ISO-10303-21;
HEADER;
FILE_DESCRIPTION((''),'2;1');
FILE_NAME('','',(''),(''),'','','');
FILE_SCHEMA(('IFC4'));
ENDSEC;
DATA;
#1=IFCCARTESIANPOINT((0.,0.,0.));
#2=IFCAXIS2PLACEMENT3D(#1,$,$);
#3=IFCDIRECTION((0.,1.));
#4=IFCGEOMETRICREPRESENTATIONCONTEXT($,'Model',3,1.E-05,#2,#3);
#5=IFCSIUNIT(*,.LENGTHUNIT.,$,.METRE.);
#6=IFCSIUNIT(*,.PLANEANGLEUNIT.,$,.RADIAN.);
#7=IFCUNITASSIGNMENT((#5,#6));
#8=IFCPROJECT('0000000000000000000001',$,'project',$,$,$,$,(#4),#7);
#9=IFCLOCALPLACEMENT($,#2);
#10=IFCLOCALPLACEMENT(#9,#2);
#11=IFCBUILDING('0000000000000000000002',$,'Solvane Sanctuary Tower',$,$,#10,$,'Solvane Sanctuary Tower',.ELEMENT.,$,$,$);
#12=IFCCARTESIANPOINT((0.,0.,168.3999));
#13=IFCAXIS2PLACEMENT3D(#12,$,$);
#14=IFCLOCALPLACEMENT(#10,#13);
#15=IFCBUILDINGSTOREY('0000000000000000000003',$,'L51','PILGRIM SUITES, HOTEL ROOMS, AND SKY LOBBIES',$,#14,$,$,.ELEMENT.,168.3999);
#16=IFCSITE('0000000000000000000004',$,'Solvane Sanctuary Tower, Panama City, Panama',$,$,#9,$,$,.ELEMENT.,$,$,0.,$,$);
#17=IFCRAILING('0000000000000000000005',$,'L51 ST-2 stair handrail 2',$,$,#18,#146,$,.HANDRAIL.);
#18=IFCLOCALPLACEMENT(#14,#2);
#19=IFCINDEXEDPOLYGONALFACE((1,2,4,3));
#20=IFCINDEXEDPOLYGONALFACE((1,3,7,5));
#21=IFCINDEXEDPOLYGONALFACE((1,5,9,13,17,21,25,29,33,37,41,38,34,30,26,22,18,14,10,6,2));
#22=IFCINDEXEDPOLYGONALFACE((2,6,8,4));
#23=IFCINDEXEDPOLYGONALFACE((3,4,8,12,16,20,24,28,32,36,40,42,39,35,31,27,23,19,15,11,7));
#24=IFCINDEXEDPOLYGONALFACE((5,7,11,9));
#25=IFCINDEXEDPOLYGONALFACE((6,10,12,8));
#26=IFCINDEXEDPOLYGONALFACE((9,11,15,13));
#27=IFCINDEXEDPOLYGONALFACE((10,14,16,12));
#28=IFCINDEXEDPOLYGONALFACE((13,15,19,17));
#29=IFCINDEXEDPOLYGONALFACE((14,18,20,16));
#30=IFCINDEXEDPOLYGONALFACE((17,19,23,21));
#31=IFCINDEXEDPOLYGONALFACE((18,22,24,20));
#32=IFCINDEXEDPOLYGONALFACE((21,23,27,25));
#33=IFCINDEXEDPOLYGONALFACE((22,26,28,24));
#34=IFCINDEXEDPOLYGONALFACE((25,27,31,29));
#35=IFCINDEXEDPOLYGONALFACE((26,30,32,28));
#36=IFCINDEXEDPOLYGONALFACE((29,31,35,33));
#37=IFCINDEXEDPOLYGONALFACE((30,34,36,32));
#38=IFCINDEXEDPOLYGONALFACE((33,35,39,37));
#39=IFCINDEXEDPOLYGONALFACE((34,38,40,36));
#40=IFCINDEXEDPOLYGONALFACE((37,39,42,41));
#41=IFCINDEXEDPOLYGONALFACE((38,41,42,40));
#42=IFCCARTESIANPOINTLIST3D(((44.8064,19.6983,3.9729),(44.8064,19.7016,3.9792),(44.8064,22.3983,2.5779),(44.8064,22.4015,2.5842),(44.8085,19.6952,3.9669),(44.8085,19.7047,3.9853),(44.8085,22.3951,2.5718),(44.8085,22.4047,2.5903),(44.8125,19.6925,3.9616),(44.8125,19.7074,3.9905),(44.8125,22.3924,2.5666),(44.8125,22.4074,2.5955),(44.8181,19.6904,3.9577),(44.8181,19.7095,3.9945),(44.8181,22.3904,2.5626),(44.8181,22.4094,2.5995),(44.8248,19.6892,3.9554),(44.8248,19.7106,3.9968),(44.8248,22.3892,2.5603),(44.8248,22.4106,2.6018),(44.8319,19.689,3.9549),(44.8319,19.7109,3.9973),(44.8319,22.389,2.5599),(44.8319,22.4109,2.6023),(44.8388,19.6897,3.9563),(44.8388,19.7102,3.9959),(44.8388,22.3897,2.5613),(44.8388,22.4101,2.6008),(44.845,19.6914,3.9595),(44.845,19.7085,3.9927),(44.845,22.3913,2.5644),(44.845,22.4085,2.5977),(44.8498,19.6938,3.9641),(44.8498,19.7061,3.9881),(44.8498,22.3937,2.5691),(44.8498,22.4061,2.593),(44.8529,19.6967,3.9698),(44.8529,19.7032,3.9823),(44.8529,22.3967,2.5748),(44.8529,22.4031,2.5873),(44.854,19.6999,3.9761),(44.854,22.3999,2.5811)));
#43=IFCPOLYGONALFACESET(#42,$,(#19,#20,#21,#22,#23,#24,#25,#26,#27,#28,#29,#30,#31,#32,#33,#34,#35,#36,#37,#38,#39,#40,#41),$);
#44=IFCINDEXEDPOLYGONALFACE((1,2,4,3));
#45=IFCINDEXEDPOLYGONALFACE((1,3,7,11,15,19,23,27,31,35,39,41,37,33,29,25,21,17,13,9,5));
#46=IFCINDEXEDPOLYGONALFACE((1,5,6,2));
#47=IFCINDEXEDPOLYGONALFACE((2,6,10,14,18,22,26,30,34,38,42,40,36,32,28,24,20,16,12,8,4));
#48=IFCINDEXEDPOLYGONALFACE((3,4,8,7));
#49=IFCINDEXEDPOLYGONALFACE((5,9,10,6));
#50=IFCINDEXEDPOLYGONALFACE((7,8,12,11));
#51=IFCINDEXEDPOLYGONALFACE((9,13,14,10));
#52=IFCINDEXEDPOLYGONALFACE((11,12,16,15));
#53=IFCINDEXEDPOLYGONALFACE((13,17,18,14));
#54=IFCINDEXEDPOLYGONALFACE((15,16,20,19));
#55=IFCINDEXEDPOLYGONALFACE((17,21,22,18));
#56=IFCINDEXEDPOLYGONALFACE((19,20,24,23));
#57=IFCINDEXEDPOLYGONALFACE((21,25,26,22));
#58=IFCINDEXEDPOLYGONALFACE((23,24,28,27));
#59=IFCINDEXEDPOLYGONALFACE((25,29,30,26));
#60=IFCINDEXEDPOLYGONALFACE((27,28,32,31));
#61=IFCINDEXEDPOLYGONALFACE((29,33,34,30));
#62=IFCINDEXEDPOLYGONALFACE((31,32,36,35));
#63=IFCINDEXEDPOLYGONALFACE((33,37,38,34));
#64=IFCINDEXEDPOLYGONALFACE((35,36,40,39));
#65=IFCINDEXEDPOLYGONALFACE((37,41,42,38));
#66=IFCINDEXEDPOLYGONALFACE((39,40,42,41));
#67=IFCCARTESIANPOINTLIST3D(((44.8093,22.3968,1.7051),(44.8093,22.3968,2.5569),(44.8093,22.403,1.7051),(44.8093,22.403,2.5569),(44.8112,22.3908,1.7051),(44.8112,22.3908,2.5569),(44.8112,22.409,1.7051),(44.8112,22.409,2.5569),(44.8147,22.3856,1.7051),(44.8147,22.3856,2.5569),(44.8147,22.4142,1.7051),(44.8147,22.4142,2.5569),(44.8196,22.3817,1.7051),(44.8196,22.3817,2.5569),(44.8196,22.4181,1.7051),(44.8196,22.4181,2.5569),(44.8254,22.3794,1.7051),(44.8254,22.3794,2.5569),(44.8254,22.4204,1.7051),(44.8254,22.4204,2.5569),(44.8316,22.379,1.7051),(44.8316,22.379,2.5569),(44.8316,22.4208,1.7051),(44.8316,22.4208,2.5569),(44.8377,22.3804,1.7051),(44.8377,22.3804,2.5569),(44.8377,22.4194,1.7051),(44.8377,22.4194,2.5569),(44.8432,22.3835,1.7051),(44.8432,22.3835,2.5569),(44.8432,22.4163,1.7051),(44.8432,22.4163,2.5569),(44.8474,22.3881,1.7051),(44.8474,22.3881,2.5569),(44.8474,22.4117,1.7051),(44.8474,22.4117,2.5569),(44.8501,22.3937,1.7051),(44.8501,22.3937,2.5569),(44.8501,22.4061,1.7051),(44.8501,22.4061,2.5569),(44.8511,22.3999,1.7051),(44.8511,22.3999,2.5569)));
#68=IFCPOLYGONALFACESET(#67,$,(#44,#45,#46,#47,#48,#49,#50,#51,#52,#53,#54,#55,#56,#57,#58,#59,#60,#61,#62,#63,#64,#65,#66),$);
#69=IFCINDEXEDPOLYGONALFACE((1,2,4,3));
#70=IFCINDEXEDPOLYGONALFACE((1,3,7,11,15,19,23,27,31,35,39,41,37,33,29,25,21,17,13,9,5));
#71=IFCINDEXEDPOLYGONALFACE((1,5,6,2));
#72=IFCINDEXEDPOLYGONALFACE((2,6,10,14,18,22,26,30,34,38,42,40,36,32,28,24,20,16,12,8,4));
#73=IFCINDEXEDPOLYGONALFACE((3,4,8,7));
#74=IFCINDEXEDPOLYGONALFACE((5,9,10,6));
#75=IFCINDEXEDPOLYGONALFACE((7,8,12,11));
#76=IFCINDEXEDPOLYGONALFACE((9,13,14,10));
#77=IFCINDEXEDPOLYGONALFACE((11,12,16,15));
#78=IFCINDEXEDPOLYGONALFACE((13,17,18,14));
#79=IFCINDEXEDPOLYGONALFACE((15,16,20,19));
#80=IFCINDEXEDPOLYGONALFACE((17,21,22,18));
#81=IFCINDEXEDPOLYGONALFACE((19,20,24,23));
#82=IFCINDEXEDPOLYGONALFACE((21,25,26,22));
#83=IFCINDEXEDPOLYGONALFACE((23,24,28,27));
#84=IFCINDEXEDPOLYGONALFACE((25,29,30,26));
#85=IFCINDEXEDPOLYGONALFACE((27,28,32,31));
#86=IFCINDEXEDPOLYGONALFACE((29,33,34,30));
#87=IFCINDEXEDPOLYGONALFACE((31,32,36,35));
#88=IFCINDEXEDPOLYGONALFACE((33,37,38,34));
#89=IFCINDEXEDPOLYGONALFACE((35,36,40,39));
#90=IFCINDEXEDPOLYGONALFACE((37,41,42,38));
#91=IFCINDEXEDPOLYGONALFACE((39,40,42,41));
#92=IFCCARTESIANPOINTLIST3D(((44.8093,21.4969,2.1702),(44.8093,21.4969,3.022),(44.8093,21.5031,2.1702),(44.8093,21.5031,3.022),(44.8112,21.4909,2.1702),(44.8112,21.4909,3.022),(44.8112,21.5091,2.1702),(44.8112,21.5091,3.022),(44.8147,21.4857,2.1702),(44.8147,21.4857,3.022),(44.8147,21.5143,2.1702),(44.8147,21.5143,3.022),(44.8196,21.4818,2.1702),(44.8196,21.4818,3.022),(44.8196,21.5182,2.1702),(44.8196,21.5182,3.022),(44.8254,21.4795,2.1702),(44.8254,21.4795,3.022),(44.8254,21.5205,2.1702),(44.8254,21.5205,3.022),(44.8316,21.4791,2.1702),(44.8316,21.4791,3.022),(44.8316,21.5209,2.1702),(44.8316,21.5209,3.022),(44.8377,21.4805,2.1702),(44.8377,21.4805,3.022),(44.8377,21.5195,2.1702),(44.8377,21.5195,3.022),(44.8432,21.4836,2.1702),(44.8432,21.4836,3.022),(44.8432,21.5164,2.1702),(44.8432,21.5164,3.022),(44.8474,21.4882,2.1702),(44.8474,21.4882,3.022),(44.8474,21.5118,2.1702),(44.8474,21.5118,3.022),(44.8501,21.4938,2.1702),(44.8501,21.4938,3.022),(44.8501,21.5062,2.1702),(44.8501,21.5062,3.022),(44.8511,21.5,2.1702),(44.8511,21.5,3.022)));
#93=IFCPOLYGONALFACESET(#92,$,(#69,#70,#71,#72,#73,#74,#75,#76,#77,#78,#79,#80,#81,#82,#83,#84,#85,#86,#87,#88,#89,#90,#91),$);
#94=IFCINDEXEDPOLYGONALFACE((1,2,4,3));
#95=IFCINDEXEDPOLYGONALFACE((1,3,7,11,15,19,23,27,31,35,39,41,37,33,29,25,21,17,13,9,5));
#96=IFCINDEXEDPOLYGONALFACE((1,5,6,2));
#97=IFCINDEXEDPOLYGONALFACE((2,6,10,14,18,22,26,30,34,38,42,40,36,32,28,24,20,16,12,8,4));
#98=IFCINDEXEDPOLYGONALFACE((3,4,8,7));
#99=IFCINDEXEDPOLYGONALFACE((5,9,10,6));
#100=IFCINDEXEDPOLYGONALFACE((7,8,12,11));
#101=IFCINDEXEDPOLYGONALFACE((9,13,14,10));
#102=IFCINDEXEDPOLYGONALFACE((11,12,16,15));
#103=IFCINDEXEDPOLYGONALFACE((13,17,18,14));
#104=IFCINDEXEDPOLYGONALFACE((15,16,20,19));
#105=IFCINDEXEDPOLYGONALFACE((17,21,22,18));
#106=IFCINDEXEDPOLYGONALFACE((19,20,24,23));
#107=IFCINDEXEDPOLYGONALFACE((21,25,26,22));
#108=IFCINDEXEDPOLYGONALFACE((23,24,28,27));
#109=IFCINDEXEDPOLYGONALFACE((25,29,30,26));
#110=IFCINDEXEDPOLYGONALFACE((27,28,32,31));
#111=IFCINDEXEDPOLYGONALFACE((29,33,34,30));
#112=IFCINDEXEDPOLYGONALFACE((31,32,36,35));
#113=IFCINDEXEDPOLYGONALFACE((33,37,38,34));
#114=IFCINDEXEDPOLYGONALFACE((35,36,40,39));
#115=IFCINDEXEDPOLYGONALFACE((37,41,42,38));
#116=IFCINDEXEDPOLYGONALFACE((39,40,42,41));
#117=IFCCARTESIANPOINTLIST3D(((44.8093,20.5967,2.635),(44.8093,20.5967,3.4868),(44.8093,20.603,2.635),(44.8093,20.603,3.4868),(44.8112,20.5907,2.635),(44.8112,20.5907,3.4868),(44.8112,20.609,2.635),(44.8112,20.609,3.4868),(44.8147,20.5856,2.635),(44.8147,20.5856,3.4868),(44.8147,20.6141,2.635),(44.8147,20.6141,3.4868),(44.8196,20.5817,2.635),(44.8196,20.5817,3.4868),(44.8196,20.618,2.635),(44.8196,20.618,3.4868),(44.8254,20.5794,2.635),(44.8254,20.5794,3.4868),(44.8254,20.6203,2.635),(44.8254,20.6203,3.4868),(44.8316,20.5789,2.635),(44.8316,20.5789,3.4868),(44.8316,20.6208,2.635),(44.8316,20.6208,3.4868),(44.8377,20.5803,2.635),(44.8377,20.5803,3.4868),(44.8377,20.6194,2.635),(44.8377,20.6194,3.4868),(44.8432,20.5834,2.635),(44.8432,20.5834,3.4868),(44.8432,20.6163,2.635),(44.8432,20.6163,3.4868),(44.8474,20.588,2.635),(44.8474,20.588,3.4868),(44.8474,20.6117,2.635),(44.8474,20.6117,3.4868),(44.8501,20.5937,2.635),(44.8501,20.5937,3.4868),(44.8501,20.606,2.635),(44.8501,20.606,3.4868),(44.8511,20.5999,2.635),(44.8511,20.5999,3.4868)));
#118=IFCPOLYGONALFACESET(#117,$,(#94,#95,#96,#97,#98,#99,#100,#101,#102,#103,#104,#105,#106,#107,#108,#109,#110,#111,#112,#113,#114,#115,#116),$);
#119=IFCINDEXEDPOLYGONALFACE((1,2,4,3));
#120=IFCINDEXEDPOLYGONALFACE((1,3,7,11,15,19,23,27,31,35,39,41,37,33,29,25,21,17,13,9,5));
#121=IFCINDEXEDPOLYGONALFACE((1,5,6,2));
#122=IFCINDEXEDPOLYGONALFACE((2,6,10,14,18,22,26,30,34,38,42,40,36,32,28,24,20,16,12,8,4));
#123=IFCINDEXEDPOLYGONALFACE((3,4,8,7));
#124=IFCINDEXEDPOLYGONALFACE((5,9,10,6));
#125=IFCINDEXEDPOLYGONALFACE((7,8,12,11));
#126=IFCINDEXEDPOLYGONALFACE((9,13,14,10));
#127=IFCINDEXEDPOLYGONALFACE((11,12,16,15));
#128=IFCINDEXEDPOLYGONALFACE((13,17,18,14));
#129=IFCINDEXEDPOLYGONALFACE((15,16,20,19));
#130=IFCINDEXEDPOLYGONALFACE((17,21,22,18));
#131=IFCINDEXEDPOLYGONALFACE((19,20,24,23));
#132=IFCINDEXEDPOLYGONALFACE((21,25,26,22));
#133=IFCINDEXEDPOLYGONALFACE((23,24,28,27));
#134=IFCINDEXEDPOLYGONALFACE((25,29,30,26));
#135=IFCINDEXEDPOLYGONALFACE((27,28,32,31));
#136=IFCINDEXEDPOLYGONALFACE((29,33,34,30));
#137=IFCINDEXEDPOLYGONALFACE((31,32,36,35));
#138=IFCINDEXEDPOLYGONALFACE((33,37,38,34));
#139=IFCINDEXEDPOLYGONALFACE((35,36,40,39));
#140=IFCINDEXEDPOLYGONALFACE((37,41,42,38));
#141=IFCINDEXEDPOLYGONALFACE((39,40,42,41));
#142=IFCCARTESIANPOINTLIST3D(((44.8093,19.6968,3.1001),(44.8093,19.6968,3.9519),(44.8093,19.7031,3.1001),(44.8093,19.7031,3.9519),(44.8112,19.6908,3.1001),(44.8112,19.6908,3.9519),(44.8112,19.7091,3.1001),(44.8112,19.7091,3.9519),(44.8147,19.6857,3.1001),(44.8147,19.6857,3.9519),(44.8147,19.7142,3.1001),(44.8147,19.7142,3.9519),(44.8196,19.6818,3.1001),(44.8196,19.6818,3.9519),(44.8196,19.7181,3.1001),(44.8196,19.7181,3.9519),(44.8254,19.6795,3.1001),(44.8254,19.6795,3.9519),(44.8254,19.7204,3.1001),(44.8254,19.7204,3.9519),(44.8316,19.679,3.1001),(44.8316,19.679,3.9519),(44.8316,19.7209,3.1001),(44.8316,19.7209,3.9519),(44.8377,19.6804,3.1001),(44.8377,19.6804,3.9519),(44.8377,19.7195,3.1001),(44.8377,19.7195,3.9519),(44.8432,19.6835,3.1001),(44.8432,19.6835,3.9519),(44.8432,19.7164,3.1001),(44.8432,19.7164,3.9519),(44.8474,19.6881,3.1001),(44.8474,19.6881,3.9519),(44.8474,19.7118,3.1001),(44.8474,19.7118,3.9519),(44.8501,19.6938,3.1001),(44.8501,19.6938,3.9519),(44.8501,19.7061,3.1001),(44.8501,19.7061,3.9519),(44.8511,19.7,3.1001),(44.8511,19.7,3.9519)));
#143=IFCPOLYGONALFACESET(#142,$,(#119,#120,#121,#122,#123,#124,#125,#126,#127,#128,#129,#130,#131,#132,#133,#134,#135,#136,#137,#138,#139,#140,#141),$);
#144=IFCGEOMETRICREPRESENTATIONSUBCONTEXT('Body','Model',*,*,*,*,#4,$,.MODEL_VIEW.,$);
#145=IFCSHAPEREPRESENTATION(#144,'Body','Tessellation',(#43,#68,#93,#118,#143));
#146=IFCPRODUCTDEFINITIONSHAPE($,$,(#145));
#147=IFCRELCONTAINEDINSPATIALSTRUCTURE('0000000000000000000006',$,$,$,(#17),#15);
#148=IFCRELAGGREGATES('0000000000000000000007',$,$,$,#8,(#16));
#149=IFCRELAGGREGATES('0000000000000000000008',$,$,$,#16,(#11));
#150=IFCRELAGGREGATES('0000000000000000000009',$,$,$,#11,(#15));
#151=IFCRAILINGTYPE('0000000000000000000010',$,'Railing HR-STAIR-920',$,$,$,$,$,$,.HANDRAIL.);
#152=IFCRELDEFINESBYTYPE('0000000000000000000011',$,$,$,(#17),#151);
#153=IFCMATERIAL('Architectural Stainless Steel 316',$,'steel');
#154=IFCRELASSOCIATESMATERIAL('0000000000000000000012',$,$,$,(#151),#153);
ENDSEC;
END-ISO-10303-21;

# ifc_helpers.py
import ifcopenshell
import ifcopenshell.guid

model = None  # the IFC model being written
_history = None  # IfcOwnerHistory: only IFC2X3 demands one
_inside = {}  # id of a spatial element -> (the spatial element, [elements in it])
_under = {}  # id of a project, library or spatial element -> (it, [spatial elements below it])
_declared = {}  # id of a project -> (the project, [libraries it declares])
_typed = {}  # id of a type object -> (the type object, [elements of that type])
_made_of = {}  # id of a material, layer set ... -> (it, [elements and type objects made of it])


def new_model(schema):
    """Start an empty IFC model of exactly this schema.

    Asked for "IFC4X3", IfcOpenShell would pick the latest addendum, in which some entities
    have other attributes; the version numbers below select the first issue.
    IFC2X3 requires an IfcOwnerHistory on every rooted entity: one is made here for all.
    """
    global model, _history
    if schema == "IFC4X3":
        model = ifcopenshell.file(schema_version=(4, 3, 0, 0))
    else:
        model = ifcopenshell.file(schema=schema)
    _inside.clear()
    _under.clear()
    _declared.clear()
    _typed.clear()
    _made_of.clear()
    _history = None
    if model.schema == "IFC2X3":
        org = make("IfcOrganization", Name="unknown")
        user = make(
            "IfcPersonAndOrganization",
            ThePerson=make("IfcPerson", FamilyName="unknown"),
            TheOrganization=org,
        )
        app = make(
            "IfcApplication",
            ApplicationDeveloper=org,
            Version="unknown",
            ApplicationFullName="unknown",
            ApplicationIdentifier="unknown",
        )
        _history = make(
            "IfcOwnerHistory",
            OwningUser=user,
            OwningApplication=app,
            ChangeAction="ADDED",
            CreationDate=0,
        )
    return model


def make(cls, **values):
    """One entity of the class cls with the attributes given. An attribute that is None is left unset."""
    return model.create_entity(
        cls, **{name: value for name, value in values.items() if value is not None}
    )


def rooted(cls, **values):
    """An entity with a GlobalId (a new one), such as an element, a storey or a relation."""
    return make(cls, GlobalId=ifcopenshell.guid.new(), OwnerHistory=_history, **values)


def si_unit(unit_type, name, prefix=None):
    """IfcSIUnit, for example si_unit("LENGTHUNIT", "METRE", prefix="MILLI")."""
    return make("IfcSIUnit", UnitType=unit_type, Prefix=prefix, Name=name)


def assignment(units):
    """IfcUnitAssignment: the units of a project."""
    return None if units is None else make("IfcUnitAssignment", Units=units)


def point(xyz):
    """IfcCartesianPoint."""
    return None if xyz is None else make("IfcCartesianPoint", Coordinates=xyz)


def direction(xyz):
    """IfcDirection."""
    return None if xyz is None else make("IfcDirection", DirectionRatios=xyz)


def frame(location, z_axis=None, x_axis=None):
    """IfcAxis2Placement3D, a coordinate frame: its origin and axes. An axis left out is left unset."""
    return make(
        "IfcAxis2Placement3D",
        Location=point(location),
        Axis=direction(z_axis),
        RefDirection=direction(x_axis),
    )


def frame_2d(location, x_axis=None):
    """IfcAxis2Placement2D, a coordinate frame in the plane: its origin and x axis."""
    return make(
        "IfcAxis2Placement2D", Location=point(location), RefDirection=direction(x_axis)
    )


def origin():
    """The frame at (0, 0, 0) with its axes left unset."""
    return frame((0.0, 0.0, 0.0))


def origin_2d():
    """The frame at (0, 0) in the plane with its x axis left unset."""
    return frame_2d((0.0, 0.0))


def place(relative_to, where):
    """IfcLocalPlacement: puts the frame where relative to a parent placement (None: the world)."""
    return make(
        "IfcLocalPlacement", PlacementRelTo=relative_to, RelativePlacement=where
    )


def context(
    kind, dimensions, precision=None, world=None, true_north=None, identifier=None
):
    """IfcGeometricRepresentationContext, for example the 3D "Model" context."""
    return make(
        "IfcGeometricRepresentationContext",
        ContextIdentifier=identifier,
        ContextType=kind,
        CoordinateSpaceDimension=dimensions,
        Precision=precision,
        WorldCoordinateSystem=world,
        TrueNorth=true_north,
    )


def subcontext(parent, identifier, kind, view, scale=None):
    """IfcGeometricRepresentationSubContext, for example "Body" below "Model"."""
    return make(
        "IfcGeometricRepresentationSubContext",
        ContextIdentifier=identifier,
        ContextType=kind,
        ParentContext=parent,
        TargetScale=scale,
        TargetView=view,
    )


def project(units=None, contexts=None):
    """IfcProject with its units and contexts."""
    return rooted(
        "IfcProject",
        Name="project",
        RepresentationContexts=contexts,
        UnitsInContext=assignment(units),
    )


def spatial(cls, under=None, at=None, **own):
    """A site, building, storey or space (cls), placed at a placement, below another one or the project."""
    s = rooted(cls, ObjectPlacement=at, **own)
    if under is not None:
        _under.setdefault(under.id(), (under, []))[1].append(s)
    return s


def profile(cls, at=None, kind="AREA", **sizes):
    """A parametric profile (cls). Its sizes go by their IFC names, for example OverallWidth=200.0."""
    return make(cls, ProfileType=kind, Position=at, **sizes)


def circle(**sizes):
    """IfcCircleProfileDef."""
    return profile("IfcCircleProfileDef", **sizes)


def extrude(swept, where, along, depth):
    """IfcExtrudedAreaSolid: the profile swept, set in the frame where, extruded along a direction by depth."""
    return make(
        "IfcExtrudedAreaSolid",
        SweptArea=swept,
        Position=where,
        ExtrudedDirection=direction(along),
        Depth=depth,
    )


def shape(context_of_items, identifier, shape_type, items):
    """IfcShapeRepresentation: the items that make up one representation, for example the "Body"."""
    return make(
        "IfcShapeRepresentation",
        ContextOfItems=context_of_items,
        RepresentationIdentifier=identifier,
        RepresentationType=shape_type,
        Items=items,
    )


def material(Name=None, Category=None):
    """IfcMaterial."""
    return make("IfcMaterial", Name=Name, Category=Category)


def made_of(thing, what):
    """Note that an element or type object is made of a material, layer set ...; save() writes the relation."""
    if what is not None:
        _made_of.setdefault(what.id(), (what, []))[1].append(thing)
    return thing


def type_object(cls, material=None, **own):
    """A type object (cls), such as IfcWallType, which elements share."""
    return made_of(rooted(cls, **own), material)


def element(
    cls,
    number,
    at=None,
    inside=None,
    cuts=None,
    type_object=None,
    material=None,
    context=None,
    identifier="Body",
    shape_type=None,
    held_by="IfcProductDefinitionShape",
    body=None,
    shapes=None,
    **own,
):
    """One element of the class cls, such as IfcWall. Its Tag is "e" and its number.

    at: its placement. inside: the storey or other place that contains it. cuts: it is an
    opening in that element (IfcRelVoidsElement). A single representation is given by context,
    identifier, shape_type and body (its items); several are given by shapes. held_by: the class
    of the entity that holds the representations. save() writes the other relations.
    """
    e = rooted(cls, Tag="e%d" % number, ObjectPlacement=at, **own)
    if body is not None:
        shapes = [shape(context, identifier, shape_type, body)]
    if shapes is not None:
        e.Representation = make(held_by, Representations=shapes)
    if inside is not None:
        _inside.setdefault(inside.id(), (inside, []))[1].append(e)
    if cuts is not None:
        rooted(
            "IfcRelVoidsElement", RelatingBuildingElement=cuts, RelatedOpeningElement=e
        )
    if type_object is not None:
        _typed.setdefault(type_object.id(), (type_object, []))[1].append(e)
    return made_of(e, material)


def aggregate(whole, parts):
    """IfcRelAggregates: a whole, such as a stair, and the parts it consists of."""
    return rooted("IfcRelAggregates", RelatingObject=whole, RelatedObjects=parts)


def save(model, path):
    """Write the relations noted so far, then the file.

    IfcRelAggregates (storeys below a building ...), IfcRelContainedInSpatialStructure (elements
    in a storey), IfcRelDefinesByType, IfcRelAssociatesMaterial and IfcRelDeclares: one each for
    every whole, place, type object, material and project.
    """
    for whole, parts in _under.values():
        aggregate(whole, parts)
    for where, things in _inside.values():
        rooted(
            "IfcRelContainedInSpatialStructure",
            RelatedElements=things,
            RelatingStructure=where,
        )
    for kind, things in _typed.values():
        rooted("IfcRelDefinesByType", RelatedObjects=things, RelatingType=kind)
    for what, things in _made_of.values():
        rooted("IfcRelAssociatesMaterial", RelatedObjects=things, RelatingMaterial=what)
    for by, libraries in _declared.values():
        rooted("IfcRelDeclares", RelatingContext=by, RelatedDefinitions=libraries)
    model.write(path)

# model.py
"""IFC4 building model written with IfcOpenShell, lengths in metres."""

from ifc_helpers import new_model, si_unit, direction, frame, origin, origin_2d, place, context, subcontext, project, spatial, circle, extrude, material, type_object, element, save


model = new_model("IFC4")

# Units and contexts
model_context = context("Model", 3, precision=1e-05, world=origin(), true_north=direction((0.0, 1.0)))
body_context = subcontext(model_context, "Body", "Model", "MODEL_VIEW")
ifc_project = project(units=[si_unit("LENGTHUNIT", "METRE"), si_unit("PLANEANGLEUNIT", "RADIAN")], contexts=[model_context])

# Site, building, storey
site_placement = place(None, origin())
site = spatial("IfcSite", under=ifc_project, at=site_placement, Name="Solvane Sanctuary Tower, Panama City, Panama", CompositionType="ELEMENT", RefElevation=0.0)
building_placement = place(site_placement, origin())
building = spatial("IfcBuilding", under=site, at=building_placement, Name="Solvane Sanctuary Tower", LongName="Solvane Sanctuary Tower", CompositionType="ELEMENT")
storey_placement = place(building_placement, frame((0.0, 0.0, 168.3999)))
storey = spatial("IfcBuildingStorey", under=building, at=storey_placement, Name="L51", Description="PILGRIM SUITES, HOTEL ROOMS, AND SKY LOBBIES", CompositionType="ELEMENT", Elevation=168.3999)

# Shared definitions
ifc_material_1 = material(Name="Architectural Stainless Steel 316", Category="steel")

# Railing
railing_type_1 = type_object("IfcRailingType", Name="Railing HR-STAIR-920", PredefinedType="HANDRAIL", material=ifc_material_1)
railing_1_placement = place(storey_placement, frame((44.8301, 22.3999, 1.7051)))
element("IfcRailing", 1, at=railing_1_placement, inside=storey, type_object=railing_type_1, Name="L51 ST-2 stair handrail 2", PredefinedType="HANDRAIL", context=body_context, shape_type="SweptSolid", body=[
    extrude(circle(Radius=0.0239, at=origin_2d()), frame((0.0, 0.0, 0.876), z_axis=(0.0, -0.88842, 0.459032), x_axis=(1.0, 0.0, 0.0)), (0.0, 0.0, 1.0), 3.0391),
    extrude(circle(Radius=0.021, at=origin_2d()), origin(), (0.0, 0.0, 1.0), 0.8518),
    extrude(circle(Radius=0.021, at=origin_2d()), frame((0.0, -0.8999, 0.4651)), (0.0, 0.0, 1.0), 0.8518),
    extrude(circle(Radius=0.021, at=origin_2d()), frame((0.0, -1.8, 0.9299)), (0.0, 0.0, 1.0), 0.8518),
    extrude(circle(Radius=0.021, at=origin_2d()), frame((0.0, -2.7, 1.395)), (0.0, 0.0, 1.0), 0.8518),
])

save(model, "model.ifc")
